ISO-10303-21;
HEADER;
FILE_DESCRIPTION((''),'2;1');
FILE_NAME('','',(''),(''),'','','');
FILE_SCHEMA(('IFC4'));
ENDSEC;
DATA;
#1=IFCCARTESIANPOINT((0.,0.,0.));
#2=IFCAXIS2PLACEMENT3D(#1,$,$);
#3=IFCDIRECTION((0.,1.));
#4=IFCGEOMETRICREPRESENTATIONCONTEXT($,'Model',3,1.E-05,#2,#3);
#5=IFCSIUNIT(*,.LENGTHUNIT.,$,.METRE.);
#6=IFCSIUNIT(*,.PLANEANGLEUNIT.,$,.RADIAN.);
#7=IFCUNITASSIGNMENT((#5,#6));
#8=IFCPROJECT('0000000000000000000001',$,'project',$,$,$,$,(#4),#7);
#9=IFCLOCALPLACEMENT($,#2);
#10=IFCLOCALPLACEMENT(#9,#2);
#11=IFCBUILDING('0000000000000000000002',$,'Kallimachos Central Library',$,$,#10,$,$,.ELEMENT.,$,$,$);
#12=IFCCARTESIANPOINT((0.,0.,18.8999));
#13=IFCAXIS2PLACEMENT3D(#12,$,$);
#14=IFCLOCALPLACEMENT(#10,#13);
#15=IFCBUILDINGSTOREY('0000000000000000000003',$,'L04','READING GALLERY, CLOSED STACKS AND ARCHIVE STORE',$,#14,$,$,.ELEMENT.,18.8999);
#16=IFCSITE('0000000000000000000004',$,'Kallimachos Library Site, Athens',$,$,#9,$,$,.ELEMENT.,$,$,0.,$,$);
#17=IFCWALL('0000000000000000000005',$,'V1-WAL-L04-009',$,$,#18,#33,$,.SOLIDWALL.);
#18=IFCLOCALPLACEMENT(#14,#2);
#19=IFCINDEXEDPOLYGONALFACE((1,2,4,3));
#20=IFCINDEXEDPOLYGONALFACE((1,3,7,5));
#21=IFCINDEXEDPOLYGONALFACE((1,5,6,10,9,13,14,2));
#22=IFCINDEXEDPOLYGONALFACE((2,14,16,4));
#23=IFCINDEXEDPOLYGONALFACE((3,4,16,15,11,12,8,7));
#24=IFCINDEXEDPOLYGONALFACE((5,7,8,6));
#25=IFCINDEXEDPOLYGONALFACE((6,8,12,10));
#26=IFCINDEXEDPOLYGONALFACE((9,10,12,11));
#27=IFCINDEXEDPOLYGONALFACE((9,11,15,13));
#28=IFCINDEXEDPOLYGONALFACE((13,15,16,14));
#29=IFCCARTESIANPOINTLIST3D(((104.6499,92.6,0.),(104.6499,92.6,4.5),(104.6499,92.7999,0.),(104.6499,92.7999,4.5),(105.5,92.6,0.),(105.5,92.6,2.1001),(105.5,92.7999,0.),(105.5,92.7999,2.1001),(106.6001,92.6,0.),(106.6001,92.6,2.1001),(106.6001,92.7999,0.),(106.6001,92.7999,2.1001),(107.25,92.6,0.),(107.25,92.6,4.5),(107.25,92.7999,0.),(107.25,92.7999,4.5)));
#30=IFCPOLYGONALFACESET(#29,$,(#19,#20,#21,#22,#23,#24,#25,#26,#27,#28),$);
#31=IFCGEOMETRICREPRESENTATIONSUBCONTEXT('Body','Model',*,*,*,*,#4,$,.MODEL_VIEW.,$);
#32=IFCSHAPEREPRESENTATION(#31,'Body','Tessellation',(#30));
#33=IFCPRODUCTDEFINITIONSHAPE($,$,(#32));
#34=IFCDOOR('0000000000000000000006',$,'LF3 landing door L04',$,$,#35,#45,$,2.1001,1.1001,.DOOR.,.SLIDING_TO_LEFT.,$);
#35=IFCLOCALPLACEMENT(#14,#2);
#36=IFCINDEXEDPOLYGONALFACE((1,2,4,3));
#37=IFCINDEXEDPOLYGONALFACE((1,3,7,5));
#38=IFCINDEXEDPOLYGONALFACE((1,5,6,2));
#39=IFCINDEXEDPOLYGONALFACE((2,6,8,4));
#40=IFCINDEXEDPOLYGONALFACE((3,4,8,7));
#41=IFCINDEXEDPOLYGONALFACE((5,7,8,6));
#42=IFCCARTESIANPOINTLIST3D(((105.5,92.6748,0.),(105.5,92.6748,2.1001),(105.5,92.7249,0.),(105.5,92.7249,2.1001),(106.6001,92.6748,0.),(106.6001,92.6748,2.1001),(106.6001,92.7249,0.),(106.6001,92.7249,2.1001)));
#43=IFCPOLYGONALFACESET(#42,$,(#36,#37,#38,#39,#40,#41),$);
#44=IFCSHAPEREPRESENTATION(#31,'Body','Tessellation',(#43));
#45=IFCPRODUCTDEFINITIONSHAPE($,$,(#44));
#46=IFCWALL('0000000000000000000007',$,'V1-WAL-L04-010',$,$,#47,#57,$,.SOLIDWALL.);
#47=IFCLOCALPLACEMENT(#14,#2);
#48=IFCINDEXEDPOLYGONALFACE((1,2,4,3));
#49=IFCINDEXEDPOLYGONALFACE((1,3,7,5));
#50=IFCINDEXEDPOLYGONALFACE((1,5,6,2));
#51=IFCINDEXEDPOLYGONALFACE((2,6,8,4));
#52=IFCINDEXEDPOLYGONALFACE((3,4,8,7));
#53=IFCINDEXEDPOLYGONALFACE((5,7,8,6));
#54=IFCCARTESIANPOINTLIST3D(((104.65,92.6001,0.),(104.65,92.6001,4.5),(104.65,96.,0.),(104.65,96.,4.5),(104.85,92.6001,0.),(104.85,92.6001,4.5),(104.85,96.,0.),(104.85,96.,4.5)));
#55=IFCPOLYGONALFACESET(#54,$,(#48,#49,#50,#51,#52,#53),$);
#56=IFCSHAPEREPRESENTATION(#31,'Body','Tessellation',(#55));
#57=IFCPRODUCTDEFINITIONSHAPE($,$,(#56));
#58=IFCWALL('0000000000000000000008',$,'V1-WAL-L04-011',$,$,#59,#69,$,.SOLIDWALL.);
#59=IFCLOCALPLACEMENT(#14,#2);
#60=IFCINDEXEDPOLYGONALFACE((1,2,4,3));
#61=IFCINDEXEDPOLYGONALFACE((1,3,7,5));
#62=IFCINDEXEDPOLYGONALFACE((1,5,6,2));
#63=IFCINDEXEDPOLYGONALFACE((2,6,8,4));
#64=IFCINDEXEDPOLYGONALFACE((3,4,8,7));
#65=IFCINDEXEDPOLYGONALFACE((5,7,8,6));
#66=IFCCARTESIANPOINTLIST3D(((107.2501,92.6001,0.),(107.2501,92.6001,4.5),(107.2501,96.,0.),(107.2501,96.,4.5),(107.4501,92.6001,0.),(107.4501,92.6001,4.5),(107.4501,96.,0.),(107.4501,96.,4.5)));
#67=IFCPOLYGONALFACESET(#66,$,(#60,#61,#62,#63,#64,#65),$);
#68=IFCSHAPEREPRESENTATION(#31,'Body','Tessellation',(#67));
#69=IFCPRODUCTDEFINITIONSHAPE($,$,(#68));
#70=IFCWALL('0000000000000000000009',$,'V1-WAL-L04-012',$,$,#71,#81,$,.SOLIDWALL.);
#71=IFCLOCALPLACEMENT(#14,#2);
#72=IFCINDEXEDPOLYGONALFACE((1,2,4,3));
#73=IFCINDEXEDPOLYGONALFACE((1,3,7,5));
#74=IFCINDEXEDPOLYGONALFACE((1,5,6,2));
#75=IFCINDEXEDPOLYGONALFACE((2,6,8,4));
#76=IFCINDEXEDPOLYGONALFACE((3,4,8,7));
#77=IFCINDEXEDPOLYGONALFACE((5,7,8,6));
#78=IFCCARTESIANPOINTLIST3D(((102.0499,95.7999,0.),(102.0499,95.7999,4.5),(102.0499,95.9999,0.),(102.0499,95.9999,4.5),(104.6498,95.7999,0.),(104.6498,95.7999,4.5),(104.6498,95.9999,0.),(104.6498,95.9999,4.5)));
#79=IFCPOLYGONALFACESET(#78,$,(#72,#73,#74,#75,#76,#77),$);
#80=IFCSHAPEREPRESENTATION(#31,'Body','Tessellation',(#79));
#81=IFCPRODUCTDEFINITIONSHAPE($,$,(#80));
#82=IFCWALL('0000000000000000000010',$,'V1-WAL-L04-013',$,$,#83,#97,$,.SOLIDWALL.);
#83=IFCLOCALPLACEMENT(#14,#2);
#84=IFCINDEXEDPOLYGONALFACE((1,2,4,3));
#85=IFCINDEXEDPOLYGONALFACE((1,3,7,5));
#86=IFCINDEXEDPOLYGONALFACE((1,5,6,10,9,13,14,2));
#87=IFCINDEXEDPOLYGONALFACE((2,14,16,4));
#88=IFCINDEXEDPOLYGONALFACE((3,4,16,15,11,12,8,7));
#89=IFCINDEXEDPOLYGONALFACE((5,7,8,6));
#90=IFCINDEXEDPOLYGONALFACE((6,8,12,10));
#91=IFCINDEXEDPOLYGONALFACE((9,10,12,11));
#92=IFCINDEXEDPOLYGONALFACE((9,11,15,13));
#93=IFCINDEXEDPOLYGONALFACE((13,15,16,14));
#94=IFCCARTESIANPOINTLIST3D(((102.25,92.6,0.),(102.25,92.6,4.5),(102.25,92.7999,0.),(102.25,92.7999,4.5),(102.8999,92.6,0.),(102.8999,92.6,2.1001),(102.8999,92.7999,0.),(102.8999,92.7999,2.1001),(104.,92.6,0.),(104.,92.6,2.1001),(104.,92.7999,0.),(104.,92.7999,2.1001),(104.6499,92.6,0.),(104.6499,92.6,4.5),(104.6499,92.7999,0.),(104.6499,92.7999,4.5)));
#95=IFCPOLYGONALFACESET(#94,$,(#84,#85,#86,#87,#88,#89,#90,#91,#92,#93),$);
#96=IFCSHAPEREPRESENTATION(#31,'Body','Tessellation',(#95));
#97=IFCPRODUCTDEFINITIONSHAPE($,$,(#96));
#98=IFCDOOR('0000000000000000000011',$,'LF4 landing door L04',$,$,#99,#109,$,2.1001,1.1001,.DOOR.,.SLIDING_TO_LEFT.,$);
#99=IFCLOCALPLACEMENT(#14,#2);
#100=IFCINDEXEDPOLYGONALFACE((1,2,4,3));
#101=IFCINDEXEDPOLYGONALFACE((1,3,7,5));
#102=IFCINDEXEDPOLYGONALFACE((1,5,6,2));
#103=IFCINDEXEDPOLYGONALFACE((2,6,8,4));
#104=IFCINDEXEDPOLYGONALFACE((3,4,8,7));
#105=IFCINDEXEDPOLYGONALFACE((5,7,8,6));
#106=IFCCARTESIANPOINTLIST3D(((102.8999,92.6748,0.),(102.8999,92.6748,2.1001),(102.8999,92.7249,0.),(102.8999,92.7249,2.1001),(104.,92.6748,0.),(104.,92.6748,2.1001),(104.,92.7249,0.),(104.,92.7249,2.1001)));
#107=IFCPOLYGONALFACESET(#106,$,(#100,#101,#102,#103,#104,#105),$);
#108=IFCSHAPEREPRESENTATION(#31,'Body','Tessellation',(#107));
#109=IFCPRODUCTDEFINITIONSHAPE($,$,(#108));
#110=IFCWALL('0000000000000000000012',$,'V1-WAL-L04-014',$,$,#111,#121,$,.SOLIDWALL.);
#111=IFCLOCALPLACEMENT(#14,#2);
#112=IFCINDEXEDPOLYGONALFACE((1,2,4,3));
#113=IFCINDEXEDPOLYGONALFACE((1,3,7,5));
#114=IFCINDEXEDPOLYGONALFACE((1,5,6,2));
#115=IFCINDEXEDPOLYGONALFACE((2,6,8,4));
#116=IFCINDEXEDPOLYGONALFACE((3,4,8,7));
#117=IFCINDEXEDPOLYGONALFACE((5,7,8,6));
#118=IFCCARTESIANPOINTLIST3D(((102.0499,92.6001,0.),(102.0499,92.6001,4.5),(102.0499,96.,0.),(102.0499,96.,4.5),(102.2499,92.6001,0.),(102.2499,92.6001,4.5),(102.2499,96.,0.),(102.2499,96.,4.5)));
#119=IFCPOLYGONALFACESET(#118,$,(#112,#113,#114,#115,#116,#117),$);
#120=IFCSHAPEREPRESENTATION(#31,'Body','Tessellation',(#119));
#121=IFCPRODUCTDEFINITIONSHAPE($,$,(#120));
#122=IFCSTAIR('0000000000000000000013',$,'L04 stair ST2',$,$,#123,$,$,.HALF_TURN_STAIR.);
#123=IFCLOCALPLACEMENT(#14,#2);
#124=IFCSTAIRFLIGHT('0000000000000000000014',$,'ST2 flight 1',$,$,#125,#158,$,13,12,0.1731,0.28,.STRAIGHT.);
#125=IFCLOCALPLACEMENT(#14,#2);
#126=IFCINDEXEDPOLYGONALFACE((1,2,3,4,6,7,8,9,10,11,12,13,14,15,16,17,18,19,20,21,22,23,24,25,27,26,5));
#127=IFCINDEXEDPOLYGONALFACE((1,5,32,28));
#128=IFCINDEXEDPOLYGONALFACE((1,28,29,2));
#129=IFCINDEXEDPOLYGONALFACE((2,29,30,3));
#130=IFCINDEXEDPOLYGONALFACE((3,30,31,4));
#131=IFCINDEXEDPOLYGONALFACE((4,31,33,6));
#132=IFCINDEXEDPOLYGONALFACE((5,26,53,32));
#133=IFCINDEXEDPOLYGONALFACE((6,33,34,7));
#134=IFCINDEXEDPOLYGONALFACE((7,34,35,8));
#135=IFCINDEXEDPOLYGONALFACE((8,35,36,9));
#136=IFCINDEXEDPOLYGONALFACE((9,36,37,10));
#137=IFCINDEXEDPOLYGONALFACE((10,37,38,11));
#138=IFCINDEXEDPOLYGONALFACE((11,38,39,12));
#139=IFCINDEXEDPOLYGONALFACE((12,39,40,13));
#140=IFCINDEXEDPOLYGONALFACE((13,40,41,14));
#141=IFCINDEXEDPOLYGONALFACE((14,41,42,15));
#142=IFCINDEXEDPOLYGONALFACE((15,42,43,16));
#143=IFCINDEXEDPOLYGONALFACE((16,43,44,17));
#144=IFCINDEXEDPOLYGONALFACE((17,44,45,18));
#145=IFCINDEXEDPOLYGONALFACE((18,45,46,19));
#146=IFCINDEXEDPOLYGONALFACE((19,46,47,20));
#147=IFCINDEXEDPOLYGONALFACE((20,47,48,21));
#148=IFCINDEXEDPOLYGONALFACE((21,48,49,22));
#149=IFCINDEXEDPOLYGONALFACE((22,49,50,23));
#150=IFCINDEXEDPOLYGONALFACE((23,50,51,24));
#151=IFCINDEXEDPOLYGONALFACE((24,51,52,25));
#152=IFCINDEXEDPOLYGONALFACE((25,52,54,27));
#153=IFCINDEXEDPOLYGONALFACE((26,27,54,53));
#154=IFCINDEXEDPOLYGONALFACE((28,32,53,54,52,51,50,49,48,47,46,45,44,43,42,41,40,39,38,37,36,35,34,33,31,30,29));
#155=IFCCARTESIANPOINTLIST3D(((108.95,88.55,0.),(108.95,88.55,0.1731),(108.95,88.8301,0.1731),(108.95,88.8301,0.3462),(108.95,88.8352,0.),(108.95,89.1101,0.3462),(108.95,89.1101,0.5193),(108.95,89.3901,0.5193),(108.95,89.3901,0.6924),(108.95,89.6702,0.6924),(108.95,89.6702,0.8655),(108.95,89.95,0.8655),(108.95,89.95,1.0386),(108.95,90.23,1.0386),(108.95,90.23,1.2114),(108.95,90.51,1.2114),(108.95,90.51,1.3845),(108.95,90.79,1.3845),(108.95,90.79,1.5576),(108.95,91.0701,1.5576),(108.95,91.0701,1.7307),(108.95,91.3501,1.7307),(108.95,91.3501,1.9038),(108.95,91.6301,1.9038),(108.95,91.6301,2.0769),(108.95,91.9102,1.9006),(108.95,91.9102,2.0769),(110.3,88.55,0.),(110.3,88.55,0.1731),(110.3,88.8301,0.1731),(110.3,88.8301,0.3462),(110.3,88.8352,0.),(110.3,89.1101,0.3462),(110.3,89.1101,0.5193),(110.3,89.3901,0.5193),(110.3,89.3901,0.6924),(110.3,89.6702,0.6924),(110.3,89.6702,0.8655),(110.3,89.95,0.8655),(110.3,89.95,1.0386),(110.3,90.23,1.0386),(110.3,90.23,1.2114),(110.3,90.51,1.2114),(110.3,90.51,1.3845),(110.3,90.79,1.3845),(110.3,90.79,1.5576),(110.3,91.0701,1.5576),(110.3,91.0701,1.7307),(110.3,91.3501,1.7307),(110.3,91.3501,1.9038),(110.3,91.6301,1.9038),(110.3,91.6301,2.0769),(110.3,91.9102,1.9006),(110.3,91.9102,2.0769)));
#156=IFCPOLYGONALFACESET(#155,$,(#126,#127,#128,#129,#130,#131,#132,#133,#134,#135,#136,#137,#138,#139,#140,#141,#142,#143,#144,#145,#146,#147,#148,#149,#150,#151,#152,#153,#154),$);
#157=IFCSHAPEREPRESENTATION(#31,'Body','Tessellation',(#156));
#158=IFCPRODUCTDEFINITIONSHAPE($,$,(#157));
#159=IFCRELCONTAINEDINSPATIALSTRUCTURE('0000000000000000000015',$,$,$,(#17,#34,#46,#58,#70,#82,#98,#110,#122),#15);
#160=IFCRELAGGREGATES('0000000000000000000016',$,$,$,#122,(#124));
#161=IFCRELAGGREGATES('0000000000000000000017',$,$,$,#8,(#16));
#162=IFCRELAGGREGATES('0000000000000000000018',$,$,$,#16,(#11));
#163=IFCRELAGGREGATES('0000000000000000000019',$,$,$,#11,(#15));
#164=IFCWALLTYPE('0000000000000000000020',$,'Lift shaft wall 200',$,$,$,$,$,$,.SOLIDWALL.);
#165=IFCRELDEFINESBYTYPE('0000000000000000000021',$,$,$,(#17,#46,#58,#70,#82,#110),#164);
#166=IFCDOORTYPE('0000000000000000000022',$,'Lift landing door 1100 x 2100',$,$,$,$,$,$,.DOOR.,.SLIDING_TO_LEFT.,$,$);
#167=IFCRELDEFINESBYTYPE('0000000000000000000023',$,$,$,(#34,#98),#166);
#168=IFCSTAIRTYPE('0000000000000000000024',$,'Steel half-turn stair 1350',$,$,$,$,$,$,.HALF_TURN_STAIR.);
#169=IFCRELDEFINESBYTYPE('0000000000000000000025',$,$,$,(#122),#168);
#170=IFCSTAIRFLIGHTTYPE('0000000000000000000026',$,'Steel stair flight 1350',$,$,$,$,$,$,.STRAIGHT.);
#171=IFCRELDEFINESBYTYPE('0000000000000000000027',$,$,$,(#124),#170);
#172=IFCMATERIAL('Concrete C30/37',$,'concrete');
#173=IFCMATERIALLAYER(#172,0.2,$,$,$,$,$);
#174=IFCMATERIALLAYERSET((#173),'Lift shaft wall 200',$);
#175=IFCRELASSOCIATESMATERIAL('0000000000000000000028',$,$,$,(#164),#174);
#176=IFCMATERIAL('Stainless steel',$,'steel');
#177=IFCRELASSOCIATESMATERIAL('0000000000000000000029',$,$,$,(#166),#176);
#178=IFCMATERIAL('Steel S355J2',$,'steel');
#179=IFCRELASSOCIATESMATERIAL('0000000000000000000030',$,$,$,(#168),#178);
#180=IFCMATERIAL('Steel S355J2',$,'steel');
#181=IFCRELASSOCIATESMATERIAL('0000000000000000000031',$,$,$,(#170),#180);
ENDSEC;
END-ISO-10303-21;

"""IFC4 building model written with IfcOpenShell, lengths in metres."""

from ifc_helpers import new_model, si_unit, direction, frame, frame_2d, origin, place, context, subcontext, project, spatial, polyline, rectangle, outline, extrude, material, layer, layer_set, type_object, element, fill, aggregate, save


model = new_model("IFC4")

# Units and contexts
model_context = context("Model", 3, precision=1e-05, world=origin(), true_north=direction((0.0, 1.0)))
body_context = subcontext(model_context, "Body", "Model", "MODEL_VIEW")
ifc_project = project(units=[si_unit("LENGTHUNIT", "METRE"), si_unit("PLANEANGLEUNIT", "RADIAN")], contexts=[model_context])

# Site, building, storey
site_placement = place(None, origin())
site = spatial("IfcSite", under=ifc_project, at=site_placement, Name="Kallimachos Library Site, Athens", CompositionType="ELEMENT", RefElevation=0.0)
building_placement = place(site_placement, origin())
building = spatial("IfcBuilding", under=site, at=building_placement, Name="Kallimachos Central Library", CompositionType="ELEMENT")
storey_placement = place(building_placement, frame((0.0, 0.0, 18.8999)))
storey = spatial("IfcBuildingStorey", under=building, at=storey_placement, Name="L04", Description="READING GALLERY, CLOSED STACKS AND ARCHIVE STORE", CompositionType="ELEMENT", Elevation=18.8999)

# Shared definitions
ifc_material_1 = material(Name="Concrete C30/37", Category="concrete")
ifc_layer_1 = layer(ifc_material_1, 0.2)
ifc_layer_set_1 = layer_set([ifc_layer_1], Name="Lift shaft wall 200")
wall_type_1 = type_object("IfcWallType", Name="Lift shaft wall 200", PredefinedType="SOLIDWALL", material=ifc_layer_set_1)

# Wall, opening, door
wall_1_placement = place(storey_placement, frame((104.6499, 92.7, 0.0), z_axis=(0.0, 0.0, 1.0), x_axis=(1.0, 0.0, 0.0)))
wall_1 = element("IfcWall", 1, at=wall_1_placement, inside=storey, type_object=wall_type_1, Name="V1-WAL-L04-009", PredefinedType="SOLIDWALL", context=body_context, shape_type="SweptSolid", body=[
    extrude(rectangle(XDim=2.6001, YDim=0.2, at=frame_2d((1.3, 0.0))), origin(), (0.0, 0.0, 1.0), 4.5),
])
opening_1_placement = place(wall_1_placement, frame((0.8501, 0.0, 0.0)))
opening_1 = element("IfcOpeningElement", 2, at=opening_1_placement, cuts=wall_1, PredefinedType="OPENING", context=body_context, shape_type="SweptSolid", body=[
    extrude(rectangle(XDim=1.1001, YDim=2.1001, at=frame_2d((0.55, 1.05))), frame((0.0, 0.1099, 0.0), z_axis=(0.0, -1.0, 0.0), x_axis=(1.0, 0.0, 0.0)), (0.0, 0.0, 1.0), 0.22),
])
ifc_material_2 = material(Name="Stainless steel", Category="steel")
door_type = type_object("IfcDoorType", Name="Lift landing door 1100 x 2100", OperationType="SLIDING_TO_LEFT", PredefinedType="DOOR", material=ifc_material_2)
door_1_placement = place(opening_1_placement, origin())
door_1 = element("IfcDoor", 3, at=door_1_placement, inside=storey, type_object=door_type, Name="LF3 landing door L04", OperationType="SLIDING_TO_LEFT", OverallHeight=2.1001, OverallWidth=1.1001, PredefinedType="DOOR", context=body_context, shape_type="SweptSolid", body=[
    extrude(rectangle(XDim=1.1001, YDim=2.1001, at=frame_2d((0.55, 1.05))), frame((0.0, 0.0249, 0.0), z_axis=(0.0, -1.0, 0.0), x_axis=(1.0, 0.0, 0.0)), (0.0, 0.0, 1.0), 0.05),
])
fill(opening_1, door_1)

# Walls
for number, where, z_axis, x_axis, name in (
    (4, (104.75, 92.6001, 0.0), (0.0, 0.0, 1.0), (0.0, 1.0, 0.0), "V1-WAL-L04-010"),
    (5, (107.3501, 92.6001, 0.0), (0.0, 0.0, 1.0), (0.0, 1.0, 0.0), "V1-WAL-L04-011"),
):
    element("IfcWall", number, at=place(storey_placement, frame(where, z_axis=z_axis, x_axis=x_axis)), inside=storey, type_object=wall_type_1, Name=name, PredefinedType="SOLIDWALL", context=body_context, shape_type="SweptSolid", body=[
        extrude(rectangle(XDim=3.3999, YDim=0.2, at=frame_2d((1.7, 0.0))), origin(), (0.0, 0.0, 1.0), 4.5),
    ])
wall_2_placement = place(storey_placement, frame((102.05, 95.8999, 0.0), z_axis=(0.0, 0.0, 1.0), x_axis=(1.0, 0.0, 0.0)))
element("IfcWall", 6, at=wall_2_placement, inside=storey, type_object=wall_type_1, Name="V1-WAL-L04-012", PredefinedType="SOLIDWALL", context=body_context, shape_type="SweptSolid", body=[
    extrude(rectangle(XDim=2.5999, YDim=0.2, at=frame_2d((1.2998, 0.0))), origin(), (0.0, 0.0, 1.0), 4.5),
])

# Wall, opening, door
wall_3_placement = place(storey_placement, frame((102.25, 92.7, 0.0), z_axis=(0.0, 0.0, 1.0), x_axis=(1.0, 0.0, 0.0)))
wall_3 = element("IfcWall", 7, at=wall_3_placement, inside=storey, type_object=wall_type_1, Name="V1-WAL-L04-013", PredefinedType="SOLIDWALL", context=body_context, shape_type="SweptSolid", body=[
    extrude(rectangle(XDim=2.3999, YDim=0.2, at=frame_2d((1.2, 0.0))), origin(), (0.0, 0.0, 1.0), 4.5),
])
opening_2_placement = place(wall_3_placement, frame((0.6499, 0.0, 0.0)))
opening_2 = element("IfcOpeningElement", 8, at=opening_2_placement, cuts=wall_3, PredefinedType="OPENING", context=body_context, shape_type="SweptSolid", body=[
    extrude(rectangle(XDim=1.1001, YDim=2.1001, at=frame_2d((0.55, 1.05))), frame((0.0, 0.1099, 0.0), z_axis=(0.0, -1.0, 0.0), x_axis=(1.0, 0.0, 0.0)), (0.0, 0.0, 1.0), 0.22),
])
door_2_placement = place(opening_2_placement, origin())
door_2 = element("IfcDoor", 9, at=door_2_placement, inside=storey, type_object=door_type, Name="LF4 landing door L04", OperationType="SLIDING_TO_LEFT", OverallHeight=2.1001, OverallWidth=1.1001, PredefinedType="DOOR", context=body_context, shape_type="SweptSolid", body=[
    extrude(rectangle(XDim=1.1001, YDim=2.1001, at=frame_2d((0.55, 1.05))), frame((0.0, 0.0249, 0.0), z_axis=(0.0, -1.0, 0.0), x_axis=(1.0, 0.0, 0.0)), (0.0, 0.0, 1.0), 0.05),
])
fill(opening_2, door_2)

# Wall
wall_4_placement = place(storey_placement, frame((102.1499, 92.6001, 0.0), z_axis=(0.0, 0.0, 1.0), x_axis=(0.0, 1.0, 0.0)))
element("IfcWall", 10, at=wall_4_placement, inside=storey, type_object=wall_type_1, Name="V1-WAL-L04-014", PredefinedType="SOLIDWALL", context=body_context, shape_type="SweptSolid", body=[
    extrude(rectangle(XDim=3.3999, YDim=0.2, at=frame_2d((1.7, 0.0))), origin(), (0.0, 0.0, 1.0), 4.5),
])

# Stair, stair flight
ifc_material_3 = material(Name="Steel S355J2", Category="steel")
stair_type = type_object("IfcStairType", Name="Steel half-turn stair 1350", PredefinedType="HALF_TURN_STAIR", material=ifc_material_3)
stair_placement = place(storey_placement, origin())
stair = element("IfcStair", 11, at=stair_placement, inside=storey, type_object=stair_type, Name="L04 stair ST2", PredefinedType="HALF_TURN_STAIR")
ifc_material_4 = material(Name="Steel S355J2", Category="steel")
stair_flight_type = type_object("IfcStairFlightType", Name="Steel stair flight 1350", PredefinedType="STRAIGHT", material=ifc_material_4)
stair_flight_1_placement = place(storey_placement, frame((109.625, 88.55, 0.0), z_axis=(0.0, 0.0, 1.0), x_axis=(0.0, 1.0, 0.0)))
stair_flight_1 = element("IfcStairFlight", 12, at=stair_flight_1_placement, type_object=stair_flight_type, Name="ST2 flight 1", NumberOfRisers=13, NumberOfTreads=12, PredefinedType="STRAIGHT", RiserHeight=0.1731, TreadLength=0.28, context=body_context, shape_type="SweptSolid", body=[
    extrude(outline(polyline([(0.0, 0.0), (0.0, 0.1731), (0.28, 0.1731), (0.28, 0.3462), (0.5601, 0.3462), (0.5601, 0.5193), (0.8401, 0.5193), (0.8401, 0.6924), (1.1201, 0.6924), (1.1201, 0.8655), (1.3999, 0.8655), (1.3999, 1.0386), (1.6799, 1.0386), (1.6799, 1.2114), (1.96, 1.2114), (1.96, 1.3845), (2.24, 1.3845), (2.24, 1.5576), (2.52, 1.5576), (2.52, 1.7307), (2.8, 1.7307), (2.8, 1.9038), (3.0801, 1.9038), (3.0801, 2.0769), (3.3601, 2.0769), (3.3601, 2.25), (3.3601, 1.9006), (0.2852, 0.0), (0.0, 0.0)])), frame((0.0, 0.675, 0.0), z_axis=(0.0, -1.0, 0.0), x_axis=(1.0, 0.0, 0.0)), (0.0, 0.0, 1.0), 1.3501),
])
aggregate(stair, [stair_flight_1])

save(model, "model.ifc")
